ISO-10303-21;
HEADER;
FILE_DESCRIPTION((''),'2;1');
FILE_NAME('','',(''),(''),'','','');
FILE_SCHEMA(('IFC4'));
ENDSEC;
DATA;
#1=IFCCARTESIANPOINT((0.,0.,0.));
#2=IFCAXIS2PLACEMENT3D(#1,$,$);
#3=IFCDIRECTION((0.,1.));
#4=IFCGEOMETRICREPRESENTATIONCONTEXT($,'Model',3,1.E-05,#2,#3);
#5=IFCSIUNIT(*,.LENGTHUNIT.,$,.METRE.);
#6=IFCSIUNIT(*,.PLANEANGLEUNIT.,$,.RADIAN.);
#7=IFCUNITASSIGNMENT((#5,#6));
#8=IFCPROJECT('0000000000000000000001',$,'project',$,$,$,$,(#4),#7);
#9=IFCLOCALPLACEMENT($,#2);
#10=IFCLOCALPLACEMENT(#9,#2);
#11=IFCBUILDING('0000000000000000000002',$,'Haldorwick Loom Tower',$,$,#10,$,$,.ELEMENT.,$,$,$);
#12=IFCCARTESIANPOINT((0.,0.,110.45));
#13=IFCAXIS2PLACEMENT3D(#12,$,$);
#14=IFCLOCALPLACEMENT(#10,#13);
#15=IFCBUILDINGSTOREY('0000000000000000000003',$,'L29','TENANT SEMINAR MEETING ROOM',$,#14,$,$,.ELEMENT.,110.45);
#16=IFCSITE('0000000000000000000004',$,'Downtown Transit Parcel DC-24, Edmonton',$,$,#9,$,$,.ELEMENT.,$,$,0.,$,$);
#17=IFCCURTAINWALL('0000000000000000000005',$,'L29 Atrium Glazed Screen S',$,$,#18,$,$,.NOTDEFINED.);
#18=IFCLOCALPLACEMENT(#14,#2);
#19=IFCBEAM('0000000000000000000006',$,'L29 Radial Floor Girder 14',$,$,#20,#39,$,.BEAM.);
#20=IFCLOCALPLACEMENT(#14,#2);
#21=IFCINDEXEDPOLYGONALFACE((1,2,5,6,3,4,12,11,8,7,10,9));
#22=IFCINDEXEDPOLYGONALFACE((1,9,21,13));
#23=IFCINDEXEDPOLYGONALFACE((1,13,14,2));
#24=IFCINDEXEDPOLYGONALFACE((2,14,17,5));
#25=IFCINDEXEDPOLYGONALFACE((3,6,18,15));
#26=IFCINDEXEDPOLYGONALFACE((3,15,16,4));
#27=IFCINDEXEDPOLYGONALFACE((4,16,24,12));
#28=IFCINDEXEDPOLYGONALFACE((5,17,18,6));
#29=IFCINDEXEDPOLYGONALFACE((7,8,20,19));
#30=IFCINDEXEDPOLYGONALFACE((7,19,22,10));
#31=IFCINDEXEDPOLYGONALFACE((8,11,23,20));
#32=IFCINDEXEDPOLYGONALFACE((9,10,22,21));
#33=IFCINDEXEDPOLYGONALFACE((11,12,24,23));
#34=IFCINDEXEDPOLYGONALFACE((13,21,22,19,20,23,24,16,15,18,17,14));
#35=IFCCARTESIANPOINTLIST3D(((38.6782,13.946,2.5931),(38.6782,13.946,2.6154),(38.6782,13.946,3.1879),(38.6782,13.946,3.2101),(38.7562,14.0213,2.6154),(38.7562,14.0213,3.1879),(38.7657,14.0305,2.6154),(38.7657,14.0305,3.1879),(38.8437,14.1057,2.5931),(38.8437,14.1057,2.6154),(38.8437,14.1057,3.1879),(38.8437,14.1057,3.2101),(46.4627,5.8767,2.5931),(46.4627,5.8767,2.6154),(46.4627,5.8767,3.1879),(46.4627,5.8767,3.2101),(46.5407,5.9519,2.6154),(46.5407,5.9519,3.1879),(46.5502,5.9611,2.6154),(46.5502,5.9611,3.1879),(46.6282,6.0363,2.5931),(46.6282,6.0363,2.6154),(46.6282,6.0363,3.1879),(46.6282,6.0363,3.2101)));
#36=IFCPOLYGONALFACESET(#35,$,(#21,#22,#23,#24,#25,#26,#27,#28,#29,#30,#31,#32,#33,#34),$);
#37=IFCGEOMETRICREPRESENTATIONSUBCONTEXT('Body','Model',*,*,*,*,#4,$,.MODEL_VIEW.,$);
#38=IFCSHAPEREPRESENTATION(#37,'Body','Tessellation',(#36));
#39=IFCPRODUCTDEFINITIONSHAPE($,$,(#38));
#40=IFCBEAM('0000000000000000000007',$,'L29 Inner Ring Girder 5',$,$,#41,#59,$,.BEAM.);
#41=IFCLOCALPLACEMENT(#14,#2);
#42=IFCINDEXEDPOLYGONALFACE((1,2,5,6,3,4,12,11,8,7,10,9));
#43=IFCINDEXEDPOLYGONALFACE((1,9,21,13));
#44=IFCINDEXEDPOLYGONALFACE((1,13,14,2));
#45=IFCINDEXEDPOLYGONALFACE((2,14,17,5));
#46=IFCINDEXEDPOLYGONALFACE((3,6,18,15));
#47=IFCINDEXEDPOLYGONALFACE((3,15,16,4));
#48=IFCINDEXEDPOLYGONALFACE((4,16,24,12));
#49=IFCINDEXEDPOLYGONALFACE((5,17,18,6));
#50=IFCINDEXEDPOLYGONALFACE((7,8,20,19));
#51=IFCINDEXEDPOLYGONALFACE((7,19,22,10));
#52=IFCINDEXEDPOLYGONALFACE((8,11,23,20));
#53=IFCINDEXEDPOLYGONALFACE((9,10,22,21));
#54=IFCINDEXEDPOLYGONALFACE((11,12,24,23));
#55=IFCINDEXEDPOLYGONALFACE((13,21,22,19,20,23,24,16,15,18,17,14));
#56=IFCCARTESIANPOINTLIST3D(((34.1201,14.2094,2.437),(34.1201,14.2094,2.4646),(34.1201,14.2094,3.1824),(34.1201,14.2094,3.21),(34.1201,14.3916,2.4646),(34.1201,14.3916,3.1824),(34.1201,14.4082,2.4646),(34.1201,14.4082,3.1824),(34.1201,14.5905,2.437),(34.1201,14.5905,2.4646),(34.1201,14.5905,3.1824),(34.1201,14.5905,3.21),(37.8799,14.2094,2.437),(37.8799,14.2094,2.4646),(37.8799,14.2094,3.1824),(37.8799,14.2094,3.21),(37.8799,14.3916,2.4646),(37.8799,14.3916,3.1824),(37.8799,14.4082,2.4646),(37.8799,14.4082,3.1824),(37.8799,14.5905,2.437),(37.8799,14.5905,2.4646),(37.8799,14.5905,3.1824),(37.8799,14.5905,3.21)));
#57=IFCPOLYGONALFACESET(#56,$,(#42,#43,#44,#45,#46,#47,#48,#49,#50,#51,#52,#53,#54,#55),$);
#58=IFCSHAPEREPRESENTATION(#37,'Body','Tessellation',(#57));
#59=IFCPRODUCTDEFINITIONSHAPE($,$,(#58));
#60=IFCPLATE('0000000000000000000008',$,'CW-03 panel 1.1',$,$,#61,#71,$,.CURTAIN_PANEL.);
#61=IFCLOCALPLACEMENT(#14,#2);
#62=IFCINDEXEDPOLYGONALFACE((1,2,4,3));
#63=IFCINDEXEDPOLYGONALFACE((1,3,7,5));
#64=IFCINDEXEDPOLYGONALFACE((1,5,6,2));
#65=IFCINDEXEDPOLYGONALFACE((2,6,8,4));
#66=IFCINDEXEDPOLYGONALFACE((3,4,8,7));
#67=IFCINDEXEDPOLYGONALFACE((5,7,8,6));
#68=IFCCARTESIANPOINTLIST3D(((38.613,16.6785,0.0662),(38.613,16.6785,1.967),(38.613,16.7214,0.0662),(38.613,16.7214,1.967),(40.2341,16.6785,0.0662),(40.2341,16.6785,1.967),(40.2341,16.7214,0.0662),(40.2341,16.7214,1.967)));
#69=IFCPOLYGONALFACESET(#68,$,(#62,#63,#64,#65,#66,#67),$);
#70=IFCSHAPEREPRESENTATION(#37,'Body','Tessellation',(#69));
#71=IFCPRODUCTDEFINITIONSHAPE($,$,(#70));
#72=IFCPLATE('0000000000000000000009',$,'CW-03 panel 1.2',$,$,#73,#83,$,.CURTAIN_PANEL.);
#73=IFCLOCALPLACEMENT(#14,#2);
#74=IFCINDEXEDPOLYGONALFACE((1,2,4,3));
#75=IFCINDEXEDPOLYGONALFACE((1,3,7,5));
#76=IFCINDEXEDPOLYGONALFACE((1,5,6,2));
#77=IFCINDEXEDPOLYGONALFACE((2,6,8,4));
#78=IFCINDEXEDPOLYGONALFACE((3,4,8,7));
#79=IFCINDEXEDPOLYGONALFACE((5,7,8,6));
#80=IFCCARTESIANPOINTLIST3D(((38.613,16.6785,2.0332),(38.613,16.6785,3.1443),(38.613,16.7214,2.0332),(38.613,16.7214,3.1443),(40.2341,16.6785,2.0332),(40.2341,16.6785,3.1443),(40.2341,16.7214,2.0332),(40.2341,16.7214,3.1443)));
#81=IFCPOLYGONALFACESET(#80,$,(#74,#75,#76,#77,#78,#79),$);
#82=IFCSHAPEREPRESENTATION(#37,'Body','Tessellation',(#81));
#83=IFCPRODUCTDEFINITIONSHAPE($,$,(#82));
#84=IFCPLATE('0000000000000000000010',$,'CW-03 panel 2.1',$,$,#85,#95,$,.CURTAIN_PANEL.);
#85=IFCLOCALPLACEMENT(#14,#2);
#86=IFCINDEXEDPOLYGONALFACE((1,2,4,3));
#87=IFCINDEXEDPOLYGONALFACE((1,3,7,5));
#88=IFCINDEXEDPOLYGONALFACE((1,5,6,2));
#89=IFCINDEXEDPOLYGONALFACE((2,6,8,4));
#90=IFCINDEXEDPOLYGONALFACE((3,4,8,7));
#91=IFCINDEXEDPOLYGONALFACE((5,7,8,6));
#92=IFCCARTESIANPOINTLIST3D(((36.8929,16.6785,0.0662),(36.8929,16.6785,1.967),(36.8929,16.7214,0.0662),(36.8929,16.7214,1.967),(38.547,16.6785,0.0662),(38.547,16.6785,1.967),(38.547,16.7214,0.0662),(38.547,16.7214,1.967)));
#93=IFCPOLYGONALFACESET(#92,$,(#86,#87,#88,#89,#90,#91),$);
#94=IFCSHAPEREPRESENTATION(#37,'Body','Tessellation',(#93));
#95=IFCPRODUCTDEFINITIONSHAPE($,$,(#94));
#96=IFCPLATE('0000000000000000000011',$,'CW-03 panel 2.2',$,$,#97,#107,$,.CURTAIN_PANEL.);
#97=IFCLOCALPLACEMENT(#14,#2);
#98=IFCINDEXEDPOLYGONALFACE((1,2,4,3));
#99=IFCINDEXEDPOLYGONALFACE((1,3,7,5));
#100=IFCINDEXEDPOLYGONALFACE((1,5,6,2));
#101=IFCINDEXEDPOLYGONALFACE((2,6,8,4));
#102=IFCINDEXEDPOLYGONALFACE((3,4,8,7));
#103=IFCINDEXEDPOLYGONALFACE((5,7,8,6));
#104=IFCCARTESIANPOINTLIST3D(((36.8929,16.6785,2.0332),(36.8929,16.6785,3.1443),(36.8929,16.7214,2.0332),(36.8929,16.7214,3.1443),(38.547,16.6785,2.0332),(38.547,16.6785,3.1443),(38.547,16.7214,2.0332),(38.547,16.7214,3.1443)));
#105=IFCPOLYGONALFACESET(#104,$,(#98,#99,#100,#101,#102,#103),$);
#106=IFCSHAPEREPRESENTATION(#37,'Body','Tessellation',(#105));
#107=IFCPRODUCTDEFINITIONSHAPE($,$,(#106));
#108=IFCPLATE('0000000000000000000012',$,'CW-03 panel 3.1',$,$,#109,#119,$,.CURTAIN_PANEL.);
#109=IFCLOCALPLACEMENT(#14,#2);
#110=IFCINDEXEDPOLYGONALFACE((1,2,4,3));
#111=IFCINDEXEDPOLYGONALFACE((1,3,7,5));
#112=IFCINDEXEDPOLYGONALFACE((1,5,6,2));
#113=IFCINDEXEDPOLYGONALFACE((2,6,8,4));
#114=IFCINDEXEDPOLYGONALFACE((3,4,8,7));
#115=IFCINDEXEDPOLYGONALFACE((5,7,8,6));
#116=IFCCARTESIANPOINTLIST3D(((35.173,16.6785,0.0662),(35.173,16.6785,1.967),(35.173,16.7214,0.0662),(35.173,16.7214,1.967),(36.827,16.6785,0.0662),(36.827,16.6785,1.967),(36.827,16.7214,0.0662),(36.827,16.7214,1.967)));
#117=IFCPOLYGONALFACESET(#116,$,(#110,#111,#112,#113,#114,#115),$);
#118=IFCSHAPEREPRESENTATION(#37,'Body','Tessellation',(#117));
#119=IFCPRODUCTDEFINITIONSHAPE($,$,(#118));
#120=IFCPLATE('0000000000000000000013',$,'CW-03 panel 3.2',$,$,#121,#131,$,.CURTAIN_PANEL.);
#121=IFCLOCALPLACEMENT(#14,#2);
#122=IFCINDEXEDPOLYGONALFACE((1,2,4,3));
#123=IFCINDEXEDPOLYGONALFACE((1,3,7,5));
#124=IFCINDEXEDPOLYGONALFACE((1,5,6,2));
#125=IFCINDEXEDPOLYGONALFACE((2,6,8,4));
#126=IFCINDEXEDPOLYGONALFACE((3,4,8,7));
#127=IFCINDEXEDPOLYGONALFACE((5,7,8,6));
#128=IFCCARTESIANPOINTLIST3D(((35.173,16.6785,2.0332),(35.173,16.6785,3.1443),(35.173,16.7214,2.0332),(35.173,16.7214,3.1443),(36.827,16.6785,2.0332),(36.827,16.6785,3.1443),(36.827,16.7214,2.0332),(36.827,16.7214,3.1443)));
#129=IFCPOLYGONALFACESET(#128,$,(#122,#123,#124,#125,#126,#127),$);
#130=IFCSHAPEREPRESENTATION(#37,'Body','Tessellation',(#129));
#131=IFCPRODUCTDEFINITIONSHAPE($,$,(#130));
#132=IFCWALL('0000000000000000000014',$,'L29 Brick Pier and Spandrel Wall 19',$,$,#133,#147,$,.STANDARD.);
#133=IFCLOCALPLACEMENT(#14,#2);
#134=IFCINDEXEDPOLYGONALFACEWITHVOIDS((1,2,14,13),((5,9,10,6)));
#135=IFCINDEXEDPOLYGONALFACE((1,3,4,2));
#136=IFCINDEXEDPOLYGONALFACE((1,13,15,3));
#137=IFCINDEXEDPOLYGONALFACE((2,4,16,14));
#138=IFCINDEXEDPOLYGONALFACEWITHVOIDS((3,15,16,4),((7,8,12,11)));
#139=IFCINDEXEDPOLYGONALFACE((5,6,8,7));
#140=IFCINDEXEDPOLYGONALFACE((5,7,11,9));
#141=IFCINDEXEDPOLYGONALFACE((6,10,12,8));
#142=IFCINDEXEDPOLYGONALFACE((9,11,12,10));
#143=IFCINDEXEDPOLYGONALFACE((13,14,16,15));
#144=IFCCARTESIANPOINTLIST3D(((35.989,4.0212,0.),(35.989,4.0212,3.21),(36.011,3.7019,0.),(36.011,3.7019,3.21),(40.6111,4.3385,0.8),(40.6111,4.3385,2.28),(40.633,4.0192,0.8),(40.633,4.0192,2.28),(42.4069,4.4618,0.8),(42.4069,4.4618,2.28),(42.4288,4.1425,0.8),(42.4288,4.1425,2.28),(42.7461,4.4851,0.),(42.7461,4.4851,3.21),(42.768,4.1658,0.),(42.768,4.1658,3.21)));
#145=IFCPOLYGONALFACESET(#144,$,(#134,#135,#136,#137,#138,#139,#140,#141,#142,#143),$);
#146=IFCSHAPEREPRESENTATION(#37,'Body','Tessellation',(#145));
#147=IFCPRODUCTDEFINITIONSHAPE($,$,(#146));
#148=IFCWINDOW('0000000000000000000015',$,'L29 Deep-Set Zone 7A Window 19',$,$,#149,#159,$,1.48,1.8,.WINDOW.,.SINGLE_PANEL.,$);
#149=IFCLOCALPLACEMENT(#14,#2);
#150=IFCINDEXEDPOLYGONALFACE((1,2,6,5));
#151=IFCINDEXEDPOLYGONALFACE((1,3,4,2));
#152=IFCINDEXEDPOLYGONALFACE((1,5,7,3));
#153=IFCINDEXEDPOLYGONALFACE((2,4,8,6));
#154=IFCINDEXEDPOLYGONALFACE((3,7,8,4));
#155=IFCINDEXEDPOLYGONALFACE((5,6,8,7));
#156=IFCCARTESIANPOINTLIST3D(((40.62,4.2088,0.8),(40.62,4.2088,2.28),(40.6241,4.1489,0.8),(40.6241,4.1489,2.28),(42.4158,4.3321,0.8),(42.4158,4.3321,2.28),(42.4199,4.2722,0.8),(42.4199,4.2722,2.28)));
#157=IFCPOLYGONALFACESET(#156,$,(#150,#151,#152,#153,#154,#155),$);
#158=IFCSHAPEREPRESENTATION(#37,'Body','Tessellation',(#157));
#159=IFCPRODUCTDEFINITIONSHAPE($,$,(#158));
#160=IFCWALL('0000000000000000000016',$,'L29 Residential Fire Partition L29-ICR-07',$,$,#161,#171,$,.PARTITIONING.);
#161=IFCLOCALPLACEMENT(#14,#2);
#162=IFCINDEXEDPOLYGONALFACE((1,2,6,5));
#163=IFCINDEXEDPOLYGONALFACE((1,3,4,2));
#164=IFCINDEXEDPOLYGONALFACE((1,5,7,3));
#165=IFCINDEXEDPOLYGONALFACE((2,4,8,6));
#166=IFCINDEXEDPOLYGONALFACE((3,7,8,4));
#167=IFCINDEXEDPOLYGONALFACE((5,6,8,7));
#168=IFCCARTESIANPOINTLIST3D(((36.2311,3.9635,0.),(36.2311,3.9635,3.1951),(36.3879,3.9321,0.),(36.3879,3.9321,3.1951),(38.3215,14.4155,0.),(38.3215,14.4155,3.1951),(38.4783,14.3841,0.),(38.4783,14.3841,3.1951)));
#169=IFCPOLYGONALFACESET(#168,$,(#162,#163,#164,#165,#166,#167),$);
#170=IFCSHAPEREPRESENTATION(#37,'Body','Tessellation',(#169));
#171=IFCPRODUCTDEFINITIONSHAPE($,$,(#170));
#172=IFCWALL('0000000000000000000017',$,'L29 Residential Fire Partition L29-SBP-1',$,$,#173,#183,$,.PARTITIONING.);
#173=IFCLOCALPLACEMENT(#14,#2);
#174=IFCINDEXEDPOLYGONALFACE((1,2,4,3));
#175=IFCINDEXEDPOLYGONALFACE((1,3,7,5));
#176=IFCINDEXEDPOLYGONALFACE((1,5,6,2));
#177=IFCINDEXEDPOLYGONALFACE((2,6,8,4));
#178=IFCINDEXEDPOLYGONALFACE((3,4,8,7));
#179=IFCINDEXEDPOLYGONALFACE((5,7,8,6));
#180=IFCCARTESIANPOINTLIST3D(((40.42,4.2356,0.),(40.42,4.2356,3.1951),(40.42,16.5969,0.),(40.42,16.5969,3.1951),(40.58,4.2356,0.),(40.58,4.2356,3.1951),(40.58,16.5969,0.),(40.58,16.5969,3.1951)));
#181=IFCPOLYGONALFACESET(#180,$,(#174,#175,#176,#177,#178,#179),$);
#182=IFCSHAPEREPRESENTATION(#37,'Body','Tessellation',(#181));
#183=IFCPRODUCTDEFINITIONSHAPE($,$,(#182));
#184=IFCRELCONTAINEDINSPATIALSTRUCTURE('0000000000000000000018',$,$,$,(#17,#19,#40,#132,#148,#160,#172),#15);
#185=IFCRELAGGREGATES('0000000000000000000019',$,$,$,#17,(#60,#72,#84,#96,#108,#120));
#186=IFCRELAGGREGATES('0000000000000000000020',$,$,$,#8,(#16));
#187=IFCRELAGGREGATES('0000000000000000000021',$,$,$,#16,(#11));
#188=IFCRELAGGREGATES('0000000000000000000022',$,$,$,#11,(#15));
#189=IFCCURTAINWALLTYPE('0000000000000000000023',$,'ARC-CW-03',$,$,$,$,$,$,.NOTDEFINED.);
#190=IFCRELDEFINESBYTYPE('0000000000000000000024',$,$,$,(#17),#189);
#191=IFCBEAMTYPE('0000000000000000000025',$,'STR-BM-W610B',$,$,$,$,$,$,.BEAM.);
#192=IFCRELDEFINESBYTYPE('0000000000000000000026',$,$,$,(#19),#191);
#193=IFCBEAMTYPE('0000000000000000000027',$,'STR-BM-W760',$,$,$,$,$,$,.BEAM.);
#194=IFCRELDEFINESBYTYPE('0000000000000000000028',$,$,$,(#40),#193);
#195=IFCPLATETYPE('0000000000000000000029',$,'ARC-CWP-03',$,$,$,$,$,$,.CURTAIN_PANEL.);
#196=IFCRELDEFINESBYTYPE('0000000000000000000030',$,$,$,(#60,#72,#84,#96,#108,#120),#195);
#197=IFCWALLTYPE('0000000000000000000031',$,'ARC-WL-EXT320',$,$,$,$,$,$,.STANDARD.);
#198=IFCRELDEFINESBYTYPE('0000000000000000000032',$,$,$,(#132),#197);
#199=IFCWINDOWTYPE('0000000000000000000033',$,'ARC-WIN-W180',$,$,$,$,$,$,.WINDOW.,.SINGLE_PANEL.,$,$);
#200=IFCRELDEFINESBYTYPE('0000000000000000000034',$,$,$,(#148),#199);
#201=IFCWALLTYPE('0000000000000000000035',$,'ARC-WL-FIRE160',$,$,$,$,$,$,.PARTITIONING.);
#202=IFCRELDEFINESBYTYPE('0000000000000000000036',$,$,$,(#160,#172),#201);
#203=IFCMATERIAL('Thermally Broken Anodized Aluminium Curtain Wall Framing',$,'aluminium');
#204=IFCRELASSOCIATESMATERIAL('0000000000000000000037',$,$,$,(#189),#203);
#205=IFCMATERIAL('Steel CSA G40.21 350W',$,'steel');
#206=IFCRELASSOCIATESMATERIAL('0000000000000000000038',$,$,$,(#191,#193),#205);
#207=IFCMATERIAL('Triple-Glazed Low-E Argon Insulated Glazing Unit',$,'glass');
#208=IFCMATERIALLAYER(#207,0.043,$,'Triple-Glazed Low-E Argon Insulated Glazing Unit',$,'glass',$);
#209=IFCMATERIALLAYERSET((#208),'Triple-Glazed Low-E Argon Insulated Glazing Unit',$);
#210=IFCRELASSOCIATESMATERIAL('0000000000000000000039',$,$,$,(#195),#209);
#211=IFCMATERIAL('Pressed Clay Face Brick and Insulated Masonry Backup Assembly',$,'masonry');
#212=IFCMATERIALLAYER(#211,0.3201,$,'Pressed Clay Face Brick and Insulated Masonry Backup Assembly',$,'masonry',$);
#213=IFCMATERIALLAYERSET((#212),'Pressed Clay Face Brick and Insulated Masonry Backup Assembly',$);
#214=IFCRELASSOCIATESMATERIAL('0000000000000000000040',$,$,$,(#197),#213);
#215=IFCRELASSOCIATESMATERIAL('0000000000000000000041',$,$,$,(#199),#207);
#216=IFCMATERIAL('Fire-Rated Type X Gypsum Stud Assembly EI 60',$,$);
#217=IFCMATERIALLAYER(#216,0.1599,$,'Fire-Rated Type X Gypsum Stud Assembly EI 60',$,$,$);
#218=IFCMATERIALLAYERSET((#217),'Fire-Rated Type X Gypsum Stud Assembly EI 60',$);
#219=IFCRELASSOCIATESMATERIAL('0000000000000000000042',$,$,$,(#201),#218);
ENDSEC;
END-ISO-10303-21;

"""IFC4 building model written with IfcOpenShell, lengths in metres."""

from ifc_helpers import new_model, si_unit, direction, frame, frame_2d, origin, origin_2d, place, context, subcontext, project, spatial, rectangle, i_section, extrude, material, layer, layer_set, material_profile, profile_set, type_object, element, fill, aggregate, save


model = new_model("IFC4")

# Units and contexts
model_context = context("Model", 3, precision=1e-05, world=origin(), true_north=direction((0.0, 1.0)))
body_context = subcontext(model_context, "Body", "Model", "MODEL_VIEW")
ifc_project = project(units=[si_unit("LENGTHUNIT", "METRE"), si_unit("PLANEANGLEUNIT", "RADIAN")], contexts=[model_context])

# Site, building, storey
site_placement = place(None, origin())
site = spatial("IfcSite", under=ifc_project, at=site_placement, Name="Downtown Transit Parcel DC-24, Edmonton", CompositionType="ELEMENT", RefElevation=0.0)
building_placement = place(site_placement, origin())
building = spatial("IfcBuilding", under=site, at=building_placement, Name="Haldorwick Loom Tower", CompositionType="ELEMENT")
storey_placement = place(building_placement, frame((0.0, 0.0, 110.45)))
storey = spatial("IfcBuildingStorey", under=building, at=storey_placement, Name="L29", Description="TENANT SEMINAR MEETING ROOM", CompositionType="ELEMENT", Elevation=110.45)

# Curtain wall
ifc_material_1 = material(Name="Thermally Broken Anodized Aluminium Curtain Wall Framing", Category="aluminium")
curtain_wall_type = type_object("IfcCurtainWallType", Name="ARC-CW-03", PredefinedType="NOTDEFINED", material=ifc_material_1)
curtain_wall_placement = place(storey_placement, origin())
curtain_wall = element("IfcCurtainWall", 1, at=curtain_wall_placement, inside=storey, type_object=curtain_wall_type, Name="L29 Atrium Glazed Screen S", PredefinedType="NOTDEFINED")

# Beams
ifc_material_2 = material(Name="Steel CSA G40.21 350W", Category="steel")
ifc_material_profile_1 = material_profile(ifc_material_2, i_section(OverallWidth=0.23, OverallDepth=0.6169, WebThickness=0.0132, FlangeThickness=0.0222, at=origin_2d()), Name="W610X140", Category="steel")
ifc_profile_set_1 = profile_set([ifc_material_profile_1], Name="Steel CSA G40.21 350W")
beam_type_1 = type_object("IfcBeamType", Name="STR-BM-W610B", PredefinedType="BEAM", material=ifc_profile_set_1)
beam_1_placement = place(storey_placement, frame((38.761, 14.0259, 2.9016), z_axis=(0.694287, -0.719698, 0.0), x_axis=(0.719698, 0.694287, 0.0)))
element("IfcBeam", 2, at=beam_1_placement, inside=storey, type_object=beam_type_1, Name="L29 Radial Floor Girder 14", PredefinedType="BEAM", context=body_context, shape_type="SweptSolid", body=[
    extrude(i_section(OverallWidth=0.23, OverallDepth=0.6169, WebThickness=0.0132, FlangeThickness=0.0222, at=origin_2d()), origin(), (0.0, 0.0, 1.0), 11.2122),
])
ifc_material_profile_2 = material_profile(ifc_material_2, i_section(OverallWidth=0.3811, OverallDepth=0.7729, WebThickness=0.0166, FlangeThickness=0.0276, at=origin_2d()), Name="W760X257", Category="steel")
ifc_profile_set_2 = profile_set([ifc_material_profile_2], Name="Steel CSA G40.21 350W")
beam_type_2 = type_object("IfcBeamType", Name="STR-BM-W760", PredefinedType="BEAM", material=ifc_profile_set_2)
beam_2_placement = place(storey_placement, frame((37.8799, 14.3999, 2.8235), z_axis=(-1.0, 0.0, 0.0), x_axis=(0.0, -1.0, 0.0)))
element("IfcBeam", 3, at=beam_2_placement, inside=storey, type_object=beam_type_2, Name="L29 Inner Ring Girder 5", PredefinedType="BEAM", context=body_context, shape_type="SweptSolid", body=[
    extrude(i_section(OverallWidth=0.3811, OverallDepth=0.7729, WebThickness=0.0166, FlangeThickness=0.0276, at=origin_2d()), origin(), (0.0, 0.0, 1.0), 3.7598),
])

# Plates
ifc_material_3 = material(Name="Triple-Glazed Low-E Argon Insulated Glazing Unit", Category="glass")
ifc_layer_1 = layer(ifc_material_3, 0.043, Name="Triple-Glazed Low-E Argon Insulated Glazing Unit", Category="glass")
ifc_layer_set_1 = layer_set([ifc_layer_1], Name="Triple-Glazed Low-E Argon Insulated Glazing Unit")
plate_type = type_object("IfcPlateType", Name="ARC-CWP-03", PredefinedType="CURTAIN_PANEL", material=ifc_layer_set_1)
plate_1_placement = place(storey_placement, frame((39.4236, 16.7, 0.0662), z_axis=(0.0, 0.0, 1.0), x_axis=(-1.0, 0.0, 0.0)))
plate_1 = element("IfcPlate", 4, at=plate_1_placement, type_object=plate_type, Name="CW-03 panel 1.1", PredefinedType="CURTAIN_PANEL", context=body_context, shape_type="SweptSolid", body=[
    extrude(rectangle(XDim=1.6211, YDim=0.043, at=origin_2d()), origin(), (0.0, 0.0, 1.0), 1.9009),
])
plate_2_placement = place(storey_placement, frame((39.4236, 16.7, 2.0332), z_axis=(0.0, 0.0, 1.0), x_axis=(-1.0, 0.0, 0.0)))
plate_2 = element("IfcPlate", 5, at=plate_2_placement, type_object=plate_type, Name="CW-03 panel 1.2", PredefinedType="CURTAIN_PANEL", context=body_context, shape_type="SweptSolid", body=[
    extrude(rectangle(XDim=1.6211, YDim=0.043, at=origin_2d()), origin(), (0.0, 0.0, 1.0), 1.1111),
])
plate_3_placement = place(storey_placement, frame((37.72, 16.7, 0.0662), z_axis=(0.0, 0.0, 1.0), x_axis=(-1.0, 0.0, 0.0)))
plate_3 = element("IfcPlate", 6, at=plate_3_placement, type_object=plate_type, Name="CW-03 panel 2.1", PredefinedType="CURTAIN_PANEL", context=body_context, shape_type="SweptSolid", body=[
    extrude(rectangle(XDim=1.6541, YDim=0.043, at=origin_2d()), origin(), (0.0, 0.0, 1.0), 1.9009),
])
plate_4_placement = place(storey_placement, frame((37.72, 16.7, 2.0332), z_axis=(0.0, 0.0, 1.0), x_axis=(-1.0, 0.0, 0.0)))
plate_4 = element("IfcPlate", 7, at=plate_4_placement, type_object=plate_type, Name="CW-03 panel 2.2", PredefinedType="CURTAIN_PANEL", context=body_context, shape_type="SweptSolid", body=[
    extrude(rectangle(XDim=1.6541, YDim=0.043, at=origin_2d()), origin(), (0.0, 0.0, 1.0), 1.1111),
])
plate_5_placement = place(storey_placement, frame((36.0, 16.7, 0.0662), z_axis=(0.0, 0.0, 1.0), x_axis=(-1.0, 0.0, 0.0)))
plate_5 = element("IfcPlate", 8, at=plate_5_placement, type_object=plate_type, Name="CW-03 panel 3.1", PredefinedType="CURTAIN_PANEL", context=body_context, shape_type="SweptSolid", body=[
    extrude(rectangle(XDim=1.6541, YDim=0.043, at=origin_2d()), origin(), (0.0, 0.0, 1.0), 1.9009),
])
plate_6_placement = place(storey_placement, frame((36.0, 16.7, 2.0332), z_axis=(0.0, 0.0, 1.0), x_axis=(-1.0, 0.0, 0.0)))
plate_6 = element("IfcPlate", 9, at=plate_6_placement, type_object=plate_type, Name="CW-03 panel 3.2", PredefinedType="CURTAIN_PANEL", context=body_context, shape_type="SweptSolid", body=[
    extrude(rectangle(XDim=1.6541, YDim=0.043, at=origin_2d()), origin(), (0.0, 0.0, 1.0), 1.1111),
])
aggregate(curtain_wall, [plate_1, plate_2, plate_3, plate_4, plate_5, plate_6])

# Wall, opening, window
ifc_material_4 = material(Name="Pressed Clay Face Brick and Insulated Masonry Backup Assembly", Category="masonry")
ifc_layer_2 = layer(ifc_material_4, 0.3201, Name="Pressed Clay Face Brick and Insulated Masonry Backup Assembly", Category="masonry")
ifc_layer_set_2 = layer_set([ifc_layer_2], Name="Pressed Clay Face Brick and Insulated Masonry Backup Assembly")
wall_type_1 = type_object("IfcWallType", Name="ARC-WL-EXT320", PredefinedType="STANDARD", material=ifc_layer_set_2)
wall_1_placement = place(storey_placement, frame((36.0, 3.8616, 0.0), z_axis=(0.0, 0.0, 1.0), x_axis=(0.997652, 0.068488, 0.0)))
wall_1 = element("IfcWall", 10, at=wall_1_placement, inside=storey, type_object=wall_type_1, Name="L29 Brick Pier and Spandrel Wall 19", PredefinedType="STANDARD", context=body_context, shape_type="SweptSolid", body=[
    extrude(rectangle(XDim=6.7729, YDim=0.3201, at=frame_2d((3.3865, 0.0))), origin(), (0.0, 0.0, 1.0), 3.21),
])
opening_placement = place(wall_1_placement, frame((4.6331, 0.0, 0.8)))
opening = element("IfcOpeningElement", 11, at=opening_placement, cuts=wall_1, PredefinedType="OPENING", context=body_context, shape_type="SweptSolid", body=[
    extrude(rectangle(XDim=1.8, YDim=1.48, at=frame_2d((0.8999, 0.74))), frame((0.0, 0.1699, 0.0), z_axis=(0.0, -1.0, 0.0), x_axis=(1.0, 0.0, 0.0)), (0.0, 0.0, 1.0), 0.3401),
])
window_type = type_object("IfcWindowType", Name="ARC-WIN-W180", PartitioningType="SINGLE_PANEL", PredefinedType="WINDOW", material=ifc_material_3)
window_placement = place(opening_placement, origin())
window = element("IfcWindow", 12, at=window_placement, inside=storey, type_object=window_type, Name="L29 Deep-Set Zone 7A Window 19", OverallHeight=1.48, OverallWidth=1.8, PartitioningType="SINGLE_PANEL", PredefinedType="WINDOW", context=body_context, shape_type="SweptSolid", body=[
    extrude(rectangle(XDim=1.8, YDim=1.48, at=frame_2d((0.8999, 0.74))), frame((0.0, 0.03, 0.0), z_axis=(0.0, -1.0, 0.0), x_axis=(1.0, 0.0, 0.0)), (0.0, 0.0, 1.0), 0.0601),
])
fill(opening, window)

# Walls
ifc_material_5 = material(Name="Fire-Rated Type X Gypsum Stud Assembly EI 60")
ifc_layer_3 = layer(ifc_material_5, 0.1599, Name="Fire-Rated Type X Gypsum Stud Assembly EI 60")
ifc_layer_set_3 = layer_set([ifc_layer_3], Name="Fire-Rated Type X Gypsum Stud Assembly EI 60")
wall_type_2 = type_object("IfcWallType", Name="ARC-WL-FIRE160", PredefinedType="PARTITIONING", material=ifc_layer_set_3)
wall_2_placement = place(storey_placement, frame((38.3999, 14.3999, 0.0), z_axis=(0.0, 0.0, 1.0), x_axis=(-0.196112, -0.980582, 0.0)))
element("IfcWall", 13, at=wall_2_placement, inside=storey, type_object=wall_type_2, Name="L29 Residential Fire Partition L29-ICR-07", PredefinedType="PARTITIONING", context=body_context, shape_type="SweptSolid", body=[
    extrude(rectangle(XDim=10.6589, YDim=0.1599, at=frame_2d((5.3296, 0.0))), origin(), (0.0, 0.0, 1.0), 3.1951),
])
wall_3_placement = place(storey_placement, frame((40.5, 4.2356, 0.0), z_axis=(0.0, 0.0, 1.0), x_axis=(0.0, 1.0, 0.0)))
element("IfcWall", 14, at=wall_3_placement, inside=storey, type_object=wall_type_2, Name="L29 Residential Fire Partition L29-SBP-1", PredefinedType="PARTITIONING", context=body_context, shape_type="SweptSolid", body=[
    extrude(rectangle(XDim=12.3613, YDim=0.1599, at=frame_2d((6.1807, 0.0))), origin(), (0.0, 0.0, 1.0), 3.1951),
])

save(model, "model.ifc")
